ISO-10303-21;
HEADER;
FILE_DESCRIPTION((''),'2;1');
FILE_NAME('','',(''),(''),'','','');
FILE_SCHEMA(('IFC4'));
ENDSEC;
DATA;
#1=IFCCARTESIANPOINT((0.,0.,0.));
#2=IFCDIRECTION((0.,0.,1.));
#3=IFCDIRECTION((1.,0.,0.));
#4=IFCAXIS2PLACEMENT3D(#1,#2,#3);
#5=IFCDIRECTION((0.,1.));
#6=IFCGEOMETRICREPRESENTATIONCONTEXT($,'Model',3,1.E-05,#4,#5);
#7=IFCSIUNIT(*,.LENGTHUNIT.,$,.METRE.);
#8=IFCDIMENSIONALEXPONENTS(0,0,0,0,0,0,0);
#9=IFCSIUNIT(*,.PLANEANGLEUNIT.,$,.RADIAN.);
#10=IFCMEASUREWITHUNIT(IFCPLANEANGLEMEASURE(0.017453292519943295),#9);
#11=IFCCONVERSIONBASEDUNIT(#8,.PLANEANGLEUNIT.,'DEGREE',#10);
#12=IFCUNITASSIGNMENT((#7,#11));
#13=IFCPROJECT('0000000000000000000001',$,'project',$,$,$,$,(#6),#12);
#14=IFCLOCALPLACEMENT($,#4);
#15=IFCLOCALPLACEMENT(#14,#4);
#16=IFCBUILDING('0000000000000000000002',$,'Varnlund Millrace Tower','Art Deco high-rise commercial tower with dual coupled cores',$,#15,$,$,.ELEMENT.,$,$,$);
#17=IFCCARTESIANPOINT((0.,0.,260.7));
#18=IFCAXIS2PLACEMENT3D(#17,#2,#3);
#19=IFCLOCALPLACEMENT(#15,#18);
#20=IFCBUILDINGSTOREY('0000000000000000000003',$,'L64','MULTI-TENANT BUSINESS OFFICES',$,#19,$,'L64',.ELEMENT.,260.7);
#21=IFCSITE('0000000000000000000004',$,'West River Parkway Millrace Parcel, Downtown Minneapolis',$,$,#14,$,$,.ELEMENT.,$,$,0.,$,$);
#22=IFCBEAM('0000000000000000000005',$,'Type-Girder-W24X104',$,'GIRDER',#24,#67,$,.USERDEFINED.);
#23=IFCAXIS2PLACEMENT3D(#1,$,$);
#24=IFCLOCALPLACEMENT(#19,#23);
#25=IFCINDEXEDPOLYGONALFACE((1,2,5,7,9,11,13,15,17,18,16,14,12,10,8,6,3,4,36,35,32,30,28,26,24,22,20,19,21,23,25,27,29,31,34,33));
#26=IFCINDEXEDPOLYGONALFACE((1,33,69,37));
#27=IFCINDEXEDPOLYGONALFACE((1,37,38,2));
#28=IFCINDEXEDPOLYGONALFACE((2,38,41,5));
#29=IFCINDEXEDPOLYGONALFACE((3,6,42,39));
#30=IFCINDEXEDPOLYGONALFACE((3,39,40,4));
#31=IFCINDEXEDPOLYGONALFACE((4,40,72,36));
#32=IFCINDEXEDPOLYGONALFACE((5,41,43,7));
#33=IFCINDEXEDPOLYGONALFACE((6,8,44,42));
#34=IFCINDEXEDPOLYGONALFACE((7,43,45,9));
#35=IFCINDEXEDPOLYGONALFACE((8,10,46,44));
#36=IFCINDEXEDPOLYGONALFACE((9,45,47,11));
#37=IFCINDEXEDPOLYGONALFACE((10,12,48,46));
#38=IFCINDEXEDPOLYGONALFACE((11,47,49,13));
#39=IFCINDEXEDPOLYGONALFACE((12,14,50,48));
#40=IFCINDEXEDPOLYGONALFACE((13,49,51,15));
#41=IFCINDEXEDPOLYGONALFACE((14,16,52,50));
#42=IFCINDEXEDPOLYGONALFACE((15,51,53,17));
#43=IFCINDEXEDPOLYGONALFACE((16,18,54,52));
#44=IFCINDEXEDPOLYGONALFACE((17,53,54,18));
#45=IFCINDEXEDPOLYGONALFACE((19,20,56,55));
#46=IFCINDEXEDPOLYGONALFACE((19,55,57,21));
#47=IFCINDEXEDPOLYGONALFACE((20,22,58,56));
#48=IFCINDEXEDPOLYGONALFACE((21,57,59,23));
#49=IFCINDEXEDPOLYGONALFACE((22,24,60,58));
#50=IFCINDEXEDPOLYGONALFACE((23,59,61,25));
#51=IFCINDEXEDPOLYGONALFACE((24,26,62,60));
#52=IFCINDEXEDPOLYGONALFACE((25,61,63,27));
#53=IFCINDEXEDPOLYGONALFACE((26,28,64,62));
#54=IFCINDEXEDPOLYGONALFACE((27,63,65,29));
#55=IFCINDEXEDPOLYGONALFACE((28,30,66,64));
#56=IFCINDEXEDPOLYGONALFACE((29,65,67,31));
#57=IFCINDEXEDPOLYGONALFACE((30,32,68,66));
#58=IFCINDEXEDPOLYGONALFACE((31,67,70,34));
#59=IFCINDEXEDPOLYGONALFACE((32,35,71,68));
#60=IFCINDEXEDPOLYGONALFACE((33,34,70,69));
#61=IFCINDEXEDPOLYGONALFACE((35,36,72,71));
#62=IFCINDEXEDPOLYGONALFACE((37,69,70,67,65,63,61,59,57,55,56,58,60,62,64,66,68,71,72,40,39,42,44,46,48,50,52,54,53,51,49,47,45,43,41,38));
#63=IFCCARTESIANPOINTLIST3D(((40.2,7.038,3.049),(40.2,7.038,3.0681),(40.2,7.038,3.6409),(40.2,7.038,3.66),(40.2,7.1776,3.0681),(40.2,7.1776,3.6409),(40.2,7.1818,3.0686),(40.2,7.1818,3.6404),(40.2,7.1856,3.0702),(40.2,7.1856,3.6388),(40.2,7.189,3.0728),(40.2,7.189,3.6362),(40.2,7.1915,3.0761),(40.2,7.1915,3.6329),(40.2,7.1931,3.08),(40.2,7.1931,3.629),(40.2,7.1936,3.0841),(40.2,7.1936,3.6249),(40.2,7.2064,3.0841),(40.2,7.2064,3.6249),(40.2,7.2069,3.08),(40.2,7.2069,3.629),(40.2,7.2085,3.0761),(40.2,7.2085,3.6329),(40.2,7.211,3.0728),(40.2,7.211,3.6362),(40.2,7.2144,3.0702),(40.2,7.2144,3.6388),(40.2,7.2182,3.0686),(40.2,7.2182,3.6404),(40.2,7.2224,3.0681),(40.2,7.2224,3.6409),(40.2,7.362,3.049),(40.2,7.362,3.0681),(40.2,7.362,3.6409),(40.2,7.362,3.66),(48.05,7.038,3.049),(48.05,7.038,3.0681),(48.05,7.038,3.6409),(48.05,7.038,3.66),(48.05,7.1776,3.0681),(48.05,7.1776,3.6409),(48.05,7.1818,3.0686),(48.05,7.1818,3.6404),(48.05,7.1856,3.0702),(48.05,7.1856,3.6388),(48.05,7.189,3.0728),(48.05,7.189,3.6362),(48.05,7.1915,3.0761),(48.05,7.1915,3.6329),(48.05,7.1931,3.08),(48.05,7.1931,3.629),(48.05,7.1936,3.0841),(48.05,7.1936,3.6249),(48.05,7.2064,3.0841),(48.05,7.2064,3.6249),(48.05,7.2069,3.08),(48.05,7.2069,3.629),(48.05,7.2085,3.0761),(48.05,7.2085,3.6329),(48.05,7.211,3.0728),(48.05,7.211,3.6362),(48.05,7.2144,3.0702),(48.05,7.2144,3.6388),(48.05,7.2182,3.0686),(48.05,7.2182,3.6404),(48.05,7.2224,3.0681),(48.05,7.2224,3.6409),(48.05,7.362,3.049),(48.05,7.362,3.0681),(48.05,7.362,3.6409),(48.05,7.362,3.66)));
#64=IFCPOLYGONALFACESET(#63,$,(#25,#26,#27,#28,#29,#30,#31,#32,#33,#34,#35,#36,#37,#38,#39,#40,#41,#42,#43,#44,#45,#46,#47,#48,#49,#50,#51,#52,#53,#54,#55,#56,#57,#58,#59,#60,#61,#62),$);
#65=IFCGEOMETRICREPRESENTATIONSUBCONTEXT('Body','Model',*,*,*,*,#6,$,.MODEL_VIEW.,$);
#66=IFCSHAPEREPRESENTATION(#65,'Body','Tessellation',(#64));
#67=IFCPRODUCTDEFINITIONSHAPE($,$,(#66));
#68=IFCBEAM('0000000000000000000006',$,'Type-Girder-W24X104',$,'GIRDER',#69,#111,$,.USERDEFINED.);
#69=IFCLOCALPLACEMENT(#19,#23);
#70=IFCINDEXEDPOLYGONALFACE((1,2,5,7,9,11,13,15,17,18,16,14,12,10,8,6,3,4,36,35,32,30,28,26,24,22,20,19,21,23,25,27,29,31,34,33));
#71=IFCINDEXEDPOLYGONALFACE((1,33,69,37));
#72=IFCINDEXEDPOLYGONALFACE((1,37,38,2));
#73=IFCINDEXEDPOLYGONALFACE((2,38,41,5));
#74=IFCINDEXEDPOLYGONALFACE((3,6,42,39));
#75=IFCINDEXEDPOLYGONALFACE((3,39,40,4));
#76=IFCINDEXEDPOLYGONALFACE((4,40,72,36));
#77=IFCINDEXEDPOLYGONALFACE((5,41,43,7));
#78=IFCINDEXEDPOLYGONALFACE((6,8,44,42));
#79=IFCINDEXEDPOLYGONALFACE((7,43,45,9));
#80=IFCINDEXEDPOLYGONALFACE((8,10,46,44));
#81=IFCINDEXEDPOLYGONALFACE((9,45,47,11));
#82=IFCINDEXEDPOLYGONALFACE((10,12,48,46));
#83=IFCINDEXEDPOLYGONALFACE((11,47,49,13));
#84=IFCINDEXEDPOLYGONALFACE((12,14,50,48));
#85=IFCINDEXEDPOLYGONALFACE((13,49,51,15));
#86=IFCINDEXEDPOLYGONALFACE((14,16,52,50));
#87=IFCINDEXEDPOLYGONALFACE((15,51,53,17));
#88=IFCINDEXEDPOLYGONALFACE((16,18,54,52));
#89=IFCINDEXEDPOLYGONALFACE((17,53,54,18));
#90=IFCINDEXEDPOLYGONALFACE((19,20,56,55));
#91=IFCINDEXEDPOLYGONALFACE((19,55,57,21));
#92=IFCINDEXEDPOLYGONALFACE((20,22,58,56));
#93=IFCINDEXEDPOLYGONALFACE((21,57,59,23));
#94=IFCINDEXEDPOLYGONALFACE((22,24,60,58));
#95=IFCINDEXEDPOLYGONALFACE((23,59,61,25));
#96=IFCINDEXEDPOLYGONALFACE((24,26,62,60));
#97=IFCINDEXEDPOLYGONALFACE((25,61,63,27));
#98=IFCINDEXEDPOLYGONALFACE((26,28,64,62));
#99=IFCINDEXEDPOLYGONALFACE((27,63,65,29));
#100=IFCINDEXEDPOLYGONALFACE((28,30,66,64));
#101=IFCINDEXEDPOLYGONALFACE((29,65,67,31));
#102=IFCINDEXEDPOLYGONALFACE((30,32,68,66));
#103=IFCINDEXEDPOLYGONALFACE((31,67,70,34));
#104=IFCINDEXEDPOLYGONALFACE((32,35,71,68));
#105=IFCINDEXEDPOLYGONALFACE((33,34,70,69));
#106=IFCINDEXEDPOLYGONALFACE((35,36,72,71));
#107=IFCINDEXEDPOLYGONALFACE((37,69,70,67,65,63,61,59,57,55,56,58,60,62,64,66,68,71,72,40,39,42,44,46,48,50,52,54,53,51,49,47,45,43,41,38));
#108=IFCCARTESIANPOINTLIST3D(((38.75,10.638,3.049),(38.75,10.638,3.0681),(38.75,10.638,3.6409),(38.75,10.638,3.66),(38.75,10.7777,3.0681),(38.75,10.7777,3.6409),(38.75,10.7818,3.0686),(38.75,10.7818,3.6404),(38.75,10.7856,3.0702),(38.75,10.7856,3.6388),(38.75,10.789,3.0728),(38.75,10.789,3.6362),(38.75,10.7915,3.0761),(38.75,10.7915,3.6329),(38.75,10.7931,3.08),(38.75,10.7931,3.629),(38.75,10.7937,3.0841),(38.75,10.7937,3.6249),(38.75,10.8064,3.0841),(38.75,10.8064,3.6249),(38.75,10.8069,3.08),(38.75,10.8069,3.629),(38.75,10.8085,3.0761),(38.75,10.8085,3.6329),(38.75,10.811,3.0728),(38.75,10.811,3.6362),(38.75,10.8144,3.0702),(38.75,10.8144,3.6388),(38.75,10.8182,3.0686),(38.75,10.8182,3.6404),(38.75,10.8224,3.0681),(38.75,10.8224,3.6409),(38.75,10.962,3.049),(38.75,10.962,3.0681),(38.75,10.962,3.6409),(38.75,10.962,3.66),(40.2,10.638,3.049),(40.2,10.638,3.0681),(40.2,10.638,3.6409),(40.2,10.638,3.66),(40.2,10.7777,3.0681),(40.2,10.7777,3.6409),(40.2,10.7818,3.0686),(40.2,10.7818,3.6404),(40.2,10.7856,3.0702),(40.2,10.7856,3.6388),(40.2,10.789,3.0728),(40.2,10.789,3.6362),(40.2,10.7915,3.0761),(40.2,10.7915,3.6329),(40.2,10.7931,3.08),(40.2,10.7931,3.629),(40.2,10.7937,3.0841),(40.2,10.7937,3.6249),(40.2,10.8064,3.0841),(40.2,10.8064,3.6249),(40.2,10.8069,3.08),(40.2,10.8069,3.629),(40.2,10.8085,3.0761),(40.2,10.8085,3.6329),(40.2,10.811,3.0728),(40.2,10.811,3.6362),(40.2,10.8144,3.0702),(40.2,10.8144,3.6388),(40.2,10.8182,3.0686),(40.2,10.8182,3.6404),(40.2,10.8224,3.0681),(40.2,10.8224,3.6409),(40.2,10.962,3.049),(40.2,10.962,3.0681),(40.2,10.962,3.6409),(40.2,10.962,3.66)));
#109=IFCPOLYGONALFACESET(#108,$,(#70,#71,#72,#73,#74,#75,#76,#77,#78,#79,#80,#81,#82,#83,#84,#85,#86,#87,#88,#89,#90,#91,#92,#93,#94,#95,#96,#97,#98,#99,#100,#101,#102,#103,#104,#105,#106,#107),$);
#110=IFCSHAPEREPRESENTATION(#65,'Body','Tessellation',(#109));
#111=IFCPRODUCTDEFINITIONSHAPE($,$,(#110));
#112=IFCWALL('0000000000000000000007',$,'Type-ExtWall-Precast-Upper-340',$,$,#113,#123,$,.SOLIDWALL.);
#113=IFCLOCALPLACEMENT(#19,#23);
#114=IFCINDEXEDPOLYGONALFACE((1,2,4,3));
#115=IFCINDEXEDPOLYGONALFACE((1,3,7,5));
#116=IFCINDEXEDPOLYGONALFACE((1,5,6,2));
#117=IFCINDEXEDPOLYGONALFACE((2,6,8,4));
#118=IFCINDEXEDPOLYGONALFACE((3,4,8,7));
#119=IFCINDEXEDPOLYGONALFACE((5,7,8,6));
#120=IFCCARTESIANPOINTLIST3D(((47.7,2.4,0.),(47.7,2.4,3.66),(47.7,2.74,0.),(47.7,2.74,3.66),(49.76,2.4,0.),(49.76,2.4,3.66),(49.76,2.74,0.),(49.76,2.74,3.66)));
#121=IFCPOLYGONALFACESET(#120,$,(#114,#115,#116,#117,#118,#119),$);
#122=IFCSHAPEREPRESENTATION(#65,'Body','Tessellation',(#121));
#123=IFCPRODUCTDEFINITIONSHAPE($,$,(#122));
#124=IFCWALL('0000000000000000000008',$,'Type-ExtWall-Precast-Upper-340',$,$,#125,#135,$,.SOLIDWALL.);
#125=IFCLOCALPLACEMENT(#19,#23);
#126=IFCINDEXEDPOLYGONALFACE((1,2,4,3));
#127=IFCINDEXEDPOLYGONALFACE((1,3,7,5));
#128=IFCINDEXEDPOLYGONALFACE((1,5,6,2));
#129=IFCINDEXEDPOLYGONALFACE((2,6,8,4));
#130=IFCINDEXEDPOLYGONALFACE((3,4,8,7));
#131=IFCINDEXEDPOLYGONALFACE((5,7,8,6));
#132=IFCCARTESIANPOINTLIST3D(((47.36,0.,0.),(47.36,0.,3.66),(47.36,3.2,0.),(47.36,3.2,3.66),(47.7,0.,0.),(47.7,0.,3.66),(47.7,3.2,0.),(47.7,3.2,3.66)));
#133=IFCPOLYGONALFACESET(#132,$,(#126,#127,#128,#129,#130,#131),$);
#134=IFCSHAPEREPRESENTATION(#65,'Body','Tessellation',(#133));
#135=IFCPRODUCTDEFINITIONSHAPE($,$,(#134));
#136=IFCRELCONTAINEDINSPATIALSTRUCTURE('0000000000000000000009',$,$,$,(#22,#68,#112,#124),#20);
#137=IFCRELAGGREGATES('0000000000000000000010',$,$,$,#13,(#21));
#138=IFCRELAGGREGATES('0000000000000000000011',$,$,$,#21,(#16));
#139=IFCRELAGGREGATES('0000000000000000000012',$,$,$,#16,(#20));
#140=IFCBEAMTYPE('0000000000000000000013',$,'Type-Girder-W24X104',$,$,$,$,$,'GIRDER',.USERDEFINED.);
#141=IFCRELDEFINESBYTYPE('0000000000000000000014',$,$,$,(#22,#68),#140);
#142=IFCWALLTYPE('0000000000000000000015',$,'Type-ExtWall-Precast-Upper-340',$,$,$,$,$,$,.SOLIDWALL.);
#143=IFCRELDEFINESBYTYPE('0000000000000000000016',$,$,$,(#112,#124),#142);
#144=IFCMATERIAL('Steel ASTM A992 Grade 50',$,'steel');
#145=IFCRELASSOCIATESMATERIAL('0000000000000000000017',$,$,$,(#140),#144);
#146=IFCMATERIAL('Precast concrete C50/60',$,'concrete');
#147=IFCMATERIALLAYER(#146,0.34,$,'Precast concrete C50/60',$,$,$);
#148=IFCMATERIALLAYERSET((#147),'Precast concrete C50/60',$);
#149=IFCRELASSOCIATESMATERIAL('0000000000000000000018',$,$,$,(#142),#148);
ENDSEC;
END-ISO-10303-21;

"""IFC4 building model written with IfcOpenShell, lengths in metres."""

from ifc_helpers import new_model, entity, si_unit, converted_unit, direction, frame, origin_with_axes, origin_2d_with_axis, place, context, subcontext, project, spatial, polyline, i_section, outline, extrude, material, layer, layer_set, material_profile, profile_set, type_object, element, save


model = new_model("IFC4")

# Units and contexts
model_context = context("Model", 3, precision=1e-05, world=origin_with_axes(), true_north=direction((0.0, 1.0)))
body_context = subcontext(model_context, "Body", "Model", "MODEL_VIEW")
ifc_project = project(units=[si_unit("LENGTHUNIT", "METRE"), converted_unit("PLANEANGLEUNIT", "DEGREE", entity("IfcPlaneAngleMeasure", 0.017453292519943295), si_unit("PLANEANGLEUNIT", "RADIAN"), dimensions=[0, 0, 0, 0, 0, 0, 0])], contexts=[model_context])

# Site, building, storey
site_placement = place(None, origin_with_axes())
site = spatial("IfcSite", under=ifc_project, at=site_placement, Name="West River Parkway Millrace Parcel, Downtown Minneapolis", CompositionType="ELEMENT", RefElevation=0.0)
building_placement = place(site_placement, origin_with_axes())
building = spatial("IfcBuilding", under=site, at=building_placement, Name="Varnlund Millrace Tower", Description="Art Deco high-rise commercial tower with dual coupled cores", CompositionType="ELEMENT")
storey_placement = place(building_placement, frame((0.0, 0.0, 260.7), z_axis=(0.0, 0.0, 1.0), x_axis=(1.0, 0.0, 0.0)))
storey = spatial("IfcBuildingStorey", under=building, at=storey_placement, Name="L64", Description="MULTI-TENANT BUSINESS OFFICES", LongName="L64", CompositionType="ELEMENT", Elevation=260.7)

# Beams
ifc_material_1 = material(Name="Steel ASTM A992 Grade 50", Category="steel")
ifc_material_profile_1 = material_profile(ifc_material_1, i_section(OverallWidth=0.324, OverallDepth=0.611, WebThickness=0.0127, FlangeThickness=0.0191, FilletRadius=0.016, at=origin_2d_with_axis()), Name="Steel ASTM A992 Grade 50")
ifc_profile_set_1 = profile_set([ifc_material_profile_1], Name="Steel ASTM A992 Grade 50")
beam_type_1 = type_object("IfcBeamType", Name="Type-Girder-W24X104", ElementType="GIRDER", PredefinedType="USERDEFINED", material=ifc_profile_set_1)
beam_1_placement = place(storey_placement, frame((40.2, 7.2, 3.3545), z_axis=(1.0, 0.0, 0.0), x_axis=(0.0, 1.0, 0.0)))
element("IfcBeam", 1, at=beam_1_placement, inside=storey, type_object=beam_type_1, Name="Type-Girder-W24X104", ObjectType="GIRDER", PredefinedType="USERDEFINED", context=body_context, shape_type="SweptSolid", body=[
    extrude(i_section(OverallWidth=0.324, OverallDepth=0.611, WebThickness=0.0127, FlangeThickness=0.0191, FilletRadius=0.016, at=origin_2d_with_axis()), origin_with_axes(), (0.0, 0.0, 1.0), 7.85),
])
beam_2_placement = place(storey_placement, frame((38.75, 10.8, 3.3545), z_axis=(1.0, 0.0, 0.0), x_axis=(0.0, 1.0, 0.0)))
element("IfcBeam", 2, at=beam_2_placement, inside=storey, type_object=beam_type_1, Name="Type-Girder-W24X104", ObjectType="GIRDER", PredefinedType="USERDEFINED", context=body_context, shape_type="SweptSolid", body=[
    extrude(i_section(OverallWidth=0.324, OverallDepth=0.611, WebThickness=0.0127, FlangeThickness=0.0191, FilletRadius=0.016, at=origin_2d_with_axis()), origin_with_axes(), (0.0, 0.0, 1.0), 1.45),
])

# Walls
ifc_material_2 = material(Name="Precast concrete C50/60", Category="concrete")
ifc_layer_1 = layer(ifc_material_2, 0.34, Name="Precast concrete C50/60")
ifc_layer_set_1 = layer_set([ifc_layer_1], Name="Precast concrete C50/60")
wall_type_1 = type_object("IfcWallType", Name="Type-ExtWall-Precast-Upper-340", PredefinedType="SOLIDWALL", material=ifc_layer_set_1)
wall_1_placement = place(storey_placement, frame((49.76, 2.57, 0.0), z_axis=(0.0, 0.0, 1.0), x_axis=(-1.0, 0.0, 0.0)))
element("IfcWall", 3, at=wall_1_placement, inside=storey, type_object=wall_type_1, Name="Type-ExtWall-Precast-Upper-340", PredefinedType="SOLIDWALL", context=body_context, shape_type="SweptSolid", body=[
    extrude(outline(polyline([(0.0, -0.17), (2.06, -0.17), (2.06, 0.17), (0.0, 0.17), (0.0, -0.17)])), origin_with_axes(), (0.0, 0.0, 1.0), 3.66),
])
wall_2_placement = place(storey_placement, frame((47.53, 3.2, 0.0), z_axis=(0.0, 0.0, 1.0), x_axis=(0.0, -1.0, 0.0)))
element("IfcWall", 4, at=wall_2_placement, inside=storey, type_object=wall_type_1, Name="Type-ExtWall-Precast-Upper-340", PredefinedType="SOLIDWALL", context=body_context, shape_type="SweptSolid", body=[
    extrude(outline(polyline([(0.0, -0.17), (3.2, -0.17), (3.2, 0.17), (0.0, 0.17), (0.0, -0.17)])), origin_with_axes(), (0.0, 0.0, 1.0), 3.66),
])

save(model, "model.ifc")
